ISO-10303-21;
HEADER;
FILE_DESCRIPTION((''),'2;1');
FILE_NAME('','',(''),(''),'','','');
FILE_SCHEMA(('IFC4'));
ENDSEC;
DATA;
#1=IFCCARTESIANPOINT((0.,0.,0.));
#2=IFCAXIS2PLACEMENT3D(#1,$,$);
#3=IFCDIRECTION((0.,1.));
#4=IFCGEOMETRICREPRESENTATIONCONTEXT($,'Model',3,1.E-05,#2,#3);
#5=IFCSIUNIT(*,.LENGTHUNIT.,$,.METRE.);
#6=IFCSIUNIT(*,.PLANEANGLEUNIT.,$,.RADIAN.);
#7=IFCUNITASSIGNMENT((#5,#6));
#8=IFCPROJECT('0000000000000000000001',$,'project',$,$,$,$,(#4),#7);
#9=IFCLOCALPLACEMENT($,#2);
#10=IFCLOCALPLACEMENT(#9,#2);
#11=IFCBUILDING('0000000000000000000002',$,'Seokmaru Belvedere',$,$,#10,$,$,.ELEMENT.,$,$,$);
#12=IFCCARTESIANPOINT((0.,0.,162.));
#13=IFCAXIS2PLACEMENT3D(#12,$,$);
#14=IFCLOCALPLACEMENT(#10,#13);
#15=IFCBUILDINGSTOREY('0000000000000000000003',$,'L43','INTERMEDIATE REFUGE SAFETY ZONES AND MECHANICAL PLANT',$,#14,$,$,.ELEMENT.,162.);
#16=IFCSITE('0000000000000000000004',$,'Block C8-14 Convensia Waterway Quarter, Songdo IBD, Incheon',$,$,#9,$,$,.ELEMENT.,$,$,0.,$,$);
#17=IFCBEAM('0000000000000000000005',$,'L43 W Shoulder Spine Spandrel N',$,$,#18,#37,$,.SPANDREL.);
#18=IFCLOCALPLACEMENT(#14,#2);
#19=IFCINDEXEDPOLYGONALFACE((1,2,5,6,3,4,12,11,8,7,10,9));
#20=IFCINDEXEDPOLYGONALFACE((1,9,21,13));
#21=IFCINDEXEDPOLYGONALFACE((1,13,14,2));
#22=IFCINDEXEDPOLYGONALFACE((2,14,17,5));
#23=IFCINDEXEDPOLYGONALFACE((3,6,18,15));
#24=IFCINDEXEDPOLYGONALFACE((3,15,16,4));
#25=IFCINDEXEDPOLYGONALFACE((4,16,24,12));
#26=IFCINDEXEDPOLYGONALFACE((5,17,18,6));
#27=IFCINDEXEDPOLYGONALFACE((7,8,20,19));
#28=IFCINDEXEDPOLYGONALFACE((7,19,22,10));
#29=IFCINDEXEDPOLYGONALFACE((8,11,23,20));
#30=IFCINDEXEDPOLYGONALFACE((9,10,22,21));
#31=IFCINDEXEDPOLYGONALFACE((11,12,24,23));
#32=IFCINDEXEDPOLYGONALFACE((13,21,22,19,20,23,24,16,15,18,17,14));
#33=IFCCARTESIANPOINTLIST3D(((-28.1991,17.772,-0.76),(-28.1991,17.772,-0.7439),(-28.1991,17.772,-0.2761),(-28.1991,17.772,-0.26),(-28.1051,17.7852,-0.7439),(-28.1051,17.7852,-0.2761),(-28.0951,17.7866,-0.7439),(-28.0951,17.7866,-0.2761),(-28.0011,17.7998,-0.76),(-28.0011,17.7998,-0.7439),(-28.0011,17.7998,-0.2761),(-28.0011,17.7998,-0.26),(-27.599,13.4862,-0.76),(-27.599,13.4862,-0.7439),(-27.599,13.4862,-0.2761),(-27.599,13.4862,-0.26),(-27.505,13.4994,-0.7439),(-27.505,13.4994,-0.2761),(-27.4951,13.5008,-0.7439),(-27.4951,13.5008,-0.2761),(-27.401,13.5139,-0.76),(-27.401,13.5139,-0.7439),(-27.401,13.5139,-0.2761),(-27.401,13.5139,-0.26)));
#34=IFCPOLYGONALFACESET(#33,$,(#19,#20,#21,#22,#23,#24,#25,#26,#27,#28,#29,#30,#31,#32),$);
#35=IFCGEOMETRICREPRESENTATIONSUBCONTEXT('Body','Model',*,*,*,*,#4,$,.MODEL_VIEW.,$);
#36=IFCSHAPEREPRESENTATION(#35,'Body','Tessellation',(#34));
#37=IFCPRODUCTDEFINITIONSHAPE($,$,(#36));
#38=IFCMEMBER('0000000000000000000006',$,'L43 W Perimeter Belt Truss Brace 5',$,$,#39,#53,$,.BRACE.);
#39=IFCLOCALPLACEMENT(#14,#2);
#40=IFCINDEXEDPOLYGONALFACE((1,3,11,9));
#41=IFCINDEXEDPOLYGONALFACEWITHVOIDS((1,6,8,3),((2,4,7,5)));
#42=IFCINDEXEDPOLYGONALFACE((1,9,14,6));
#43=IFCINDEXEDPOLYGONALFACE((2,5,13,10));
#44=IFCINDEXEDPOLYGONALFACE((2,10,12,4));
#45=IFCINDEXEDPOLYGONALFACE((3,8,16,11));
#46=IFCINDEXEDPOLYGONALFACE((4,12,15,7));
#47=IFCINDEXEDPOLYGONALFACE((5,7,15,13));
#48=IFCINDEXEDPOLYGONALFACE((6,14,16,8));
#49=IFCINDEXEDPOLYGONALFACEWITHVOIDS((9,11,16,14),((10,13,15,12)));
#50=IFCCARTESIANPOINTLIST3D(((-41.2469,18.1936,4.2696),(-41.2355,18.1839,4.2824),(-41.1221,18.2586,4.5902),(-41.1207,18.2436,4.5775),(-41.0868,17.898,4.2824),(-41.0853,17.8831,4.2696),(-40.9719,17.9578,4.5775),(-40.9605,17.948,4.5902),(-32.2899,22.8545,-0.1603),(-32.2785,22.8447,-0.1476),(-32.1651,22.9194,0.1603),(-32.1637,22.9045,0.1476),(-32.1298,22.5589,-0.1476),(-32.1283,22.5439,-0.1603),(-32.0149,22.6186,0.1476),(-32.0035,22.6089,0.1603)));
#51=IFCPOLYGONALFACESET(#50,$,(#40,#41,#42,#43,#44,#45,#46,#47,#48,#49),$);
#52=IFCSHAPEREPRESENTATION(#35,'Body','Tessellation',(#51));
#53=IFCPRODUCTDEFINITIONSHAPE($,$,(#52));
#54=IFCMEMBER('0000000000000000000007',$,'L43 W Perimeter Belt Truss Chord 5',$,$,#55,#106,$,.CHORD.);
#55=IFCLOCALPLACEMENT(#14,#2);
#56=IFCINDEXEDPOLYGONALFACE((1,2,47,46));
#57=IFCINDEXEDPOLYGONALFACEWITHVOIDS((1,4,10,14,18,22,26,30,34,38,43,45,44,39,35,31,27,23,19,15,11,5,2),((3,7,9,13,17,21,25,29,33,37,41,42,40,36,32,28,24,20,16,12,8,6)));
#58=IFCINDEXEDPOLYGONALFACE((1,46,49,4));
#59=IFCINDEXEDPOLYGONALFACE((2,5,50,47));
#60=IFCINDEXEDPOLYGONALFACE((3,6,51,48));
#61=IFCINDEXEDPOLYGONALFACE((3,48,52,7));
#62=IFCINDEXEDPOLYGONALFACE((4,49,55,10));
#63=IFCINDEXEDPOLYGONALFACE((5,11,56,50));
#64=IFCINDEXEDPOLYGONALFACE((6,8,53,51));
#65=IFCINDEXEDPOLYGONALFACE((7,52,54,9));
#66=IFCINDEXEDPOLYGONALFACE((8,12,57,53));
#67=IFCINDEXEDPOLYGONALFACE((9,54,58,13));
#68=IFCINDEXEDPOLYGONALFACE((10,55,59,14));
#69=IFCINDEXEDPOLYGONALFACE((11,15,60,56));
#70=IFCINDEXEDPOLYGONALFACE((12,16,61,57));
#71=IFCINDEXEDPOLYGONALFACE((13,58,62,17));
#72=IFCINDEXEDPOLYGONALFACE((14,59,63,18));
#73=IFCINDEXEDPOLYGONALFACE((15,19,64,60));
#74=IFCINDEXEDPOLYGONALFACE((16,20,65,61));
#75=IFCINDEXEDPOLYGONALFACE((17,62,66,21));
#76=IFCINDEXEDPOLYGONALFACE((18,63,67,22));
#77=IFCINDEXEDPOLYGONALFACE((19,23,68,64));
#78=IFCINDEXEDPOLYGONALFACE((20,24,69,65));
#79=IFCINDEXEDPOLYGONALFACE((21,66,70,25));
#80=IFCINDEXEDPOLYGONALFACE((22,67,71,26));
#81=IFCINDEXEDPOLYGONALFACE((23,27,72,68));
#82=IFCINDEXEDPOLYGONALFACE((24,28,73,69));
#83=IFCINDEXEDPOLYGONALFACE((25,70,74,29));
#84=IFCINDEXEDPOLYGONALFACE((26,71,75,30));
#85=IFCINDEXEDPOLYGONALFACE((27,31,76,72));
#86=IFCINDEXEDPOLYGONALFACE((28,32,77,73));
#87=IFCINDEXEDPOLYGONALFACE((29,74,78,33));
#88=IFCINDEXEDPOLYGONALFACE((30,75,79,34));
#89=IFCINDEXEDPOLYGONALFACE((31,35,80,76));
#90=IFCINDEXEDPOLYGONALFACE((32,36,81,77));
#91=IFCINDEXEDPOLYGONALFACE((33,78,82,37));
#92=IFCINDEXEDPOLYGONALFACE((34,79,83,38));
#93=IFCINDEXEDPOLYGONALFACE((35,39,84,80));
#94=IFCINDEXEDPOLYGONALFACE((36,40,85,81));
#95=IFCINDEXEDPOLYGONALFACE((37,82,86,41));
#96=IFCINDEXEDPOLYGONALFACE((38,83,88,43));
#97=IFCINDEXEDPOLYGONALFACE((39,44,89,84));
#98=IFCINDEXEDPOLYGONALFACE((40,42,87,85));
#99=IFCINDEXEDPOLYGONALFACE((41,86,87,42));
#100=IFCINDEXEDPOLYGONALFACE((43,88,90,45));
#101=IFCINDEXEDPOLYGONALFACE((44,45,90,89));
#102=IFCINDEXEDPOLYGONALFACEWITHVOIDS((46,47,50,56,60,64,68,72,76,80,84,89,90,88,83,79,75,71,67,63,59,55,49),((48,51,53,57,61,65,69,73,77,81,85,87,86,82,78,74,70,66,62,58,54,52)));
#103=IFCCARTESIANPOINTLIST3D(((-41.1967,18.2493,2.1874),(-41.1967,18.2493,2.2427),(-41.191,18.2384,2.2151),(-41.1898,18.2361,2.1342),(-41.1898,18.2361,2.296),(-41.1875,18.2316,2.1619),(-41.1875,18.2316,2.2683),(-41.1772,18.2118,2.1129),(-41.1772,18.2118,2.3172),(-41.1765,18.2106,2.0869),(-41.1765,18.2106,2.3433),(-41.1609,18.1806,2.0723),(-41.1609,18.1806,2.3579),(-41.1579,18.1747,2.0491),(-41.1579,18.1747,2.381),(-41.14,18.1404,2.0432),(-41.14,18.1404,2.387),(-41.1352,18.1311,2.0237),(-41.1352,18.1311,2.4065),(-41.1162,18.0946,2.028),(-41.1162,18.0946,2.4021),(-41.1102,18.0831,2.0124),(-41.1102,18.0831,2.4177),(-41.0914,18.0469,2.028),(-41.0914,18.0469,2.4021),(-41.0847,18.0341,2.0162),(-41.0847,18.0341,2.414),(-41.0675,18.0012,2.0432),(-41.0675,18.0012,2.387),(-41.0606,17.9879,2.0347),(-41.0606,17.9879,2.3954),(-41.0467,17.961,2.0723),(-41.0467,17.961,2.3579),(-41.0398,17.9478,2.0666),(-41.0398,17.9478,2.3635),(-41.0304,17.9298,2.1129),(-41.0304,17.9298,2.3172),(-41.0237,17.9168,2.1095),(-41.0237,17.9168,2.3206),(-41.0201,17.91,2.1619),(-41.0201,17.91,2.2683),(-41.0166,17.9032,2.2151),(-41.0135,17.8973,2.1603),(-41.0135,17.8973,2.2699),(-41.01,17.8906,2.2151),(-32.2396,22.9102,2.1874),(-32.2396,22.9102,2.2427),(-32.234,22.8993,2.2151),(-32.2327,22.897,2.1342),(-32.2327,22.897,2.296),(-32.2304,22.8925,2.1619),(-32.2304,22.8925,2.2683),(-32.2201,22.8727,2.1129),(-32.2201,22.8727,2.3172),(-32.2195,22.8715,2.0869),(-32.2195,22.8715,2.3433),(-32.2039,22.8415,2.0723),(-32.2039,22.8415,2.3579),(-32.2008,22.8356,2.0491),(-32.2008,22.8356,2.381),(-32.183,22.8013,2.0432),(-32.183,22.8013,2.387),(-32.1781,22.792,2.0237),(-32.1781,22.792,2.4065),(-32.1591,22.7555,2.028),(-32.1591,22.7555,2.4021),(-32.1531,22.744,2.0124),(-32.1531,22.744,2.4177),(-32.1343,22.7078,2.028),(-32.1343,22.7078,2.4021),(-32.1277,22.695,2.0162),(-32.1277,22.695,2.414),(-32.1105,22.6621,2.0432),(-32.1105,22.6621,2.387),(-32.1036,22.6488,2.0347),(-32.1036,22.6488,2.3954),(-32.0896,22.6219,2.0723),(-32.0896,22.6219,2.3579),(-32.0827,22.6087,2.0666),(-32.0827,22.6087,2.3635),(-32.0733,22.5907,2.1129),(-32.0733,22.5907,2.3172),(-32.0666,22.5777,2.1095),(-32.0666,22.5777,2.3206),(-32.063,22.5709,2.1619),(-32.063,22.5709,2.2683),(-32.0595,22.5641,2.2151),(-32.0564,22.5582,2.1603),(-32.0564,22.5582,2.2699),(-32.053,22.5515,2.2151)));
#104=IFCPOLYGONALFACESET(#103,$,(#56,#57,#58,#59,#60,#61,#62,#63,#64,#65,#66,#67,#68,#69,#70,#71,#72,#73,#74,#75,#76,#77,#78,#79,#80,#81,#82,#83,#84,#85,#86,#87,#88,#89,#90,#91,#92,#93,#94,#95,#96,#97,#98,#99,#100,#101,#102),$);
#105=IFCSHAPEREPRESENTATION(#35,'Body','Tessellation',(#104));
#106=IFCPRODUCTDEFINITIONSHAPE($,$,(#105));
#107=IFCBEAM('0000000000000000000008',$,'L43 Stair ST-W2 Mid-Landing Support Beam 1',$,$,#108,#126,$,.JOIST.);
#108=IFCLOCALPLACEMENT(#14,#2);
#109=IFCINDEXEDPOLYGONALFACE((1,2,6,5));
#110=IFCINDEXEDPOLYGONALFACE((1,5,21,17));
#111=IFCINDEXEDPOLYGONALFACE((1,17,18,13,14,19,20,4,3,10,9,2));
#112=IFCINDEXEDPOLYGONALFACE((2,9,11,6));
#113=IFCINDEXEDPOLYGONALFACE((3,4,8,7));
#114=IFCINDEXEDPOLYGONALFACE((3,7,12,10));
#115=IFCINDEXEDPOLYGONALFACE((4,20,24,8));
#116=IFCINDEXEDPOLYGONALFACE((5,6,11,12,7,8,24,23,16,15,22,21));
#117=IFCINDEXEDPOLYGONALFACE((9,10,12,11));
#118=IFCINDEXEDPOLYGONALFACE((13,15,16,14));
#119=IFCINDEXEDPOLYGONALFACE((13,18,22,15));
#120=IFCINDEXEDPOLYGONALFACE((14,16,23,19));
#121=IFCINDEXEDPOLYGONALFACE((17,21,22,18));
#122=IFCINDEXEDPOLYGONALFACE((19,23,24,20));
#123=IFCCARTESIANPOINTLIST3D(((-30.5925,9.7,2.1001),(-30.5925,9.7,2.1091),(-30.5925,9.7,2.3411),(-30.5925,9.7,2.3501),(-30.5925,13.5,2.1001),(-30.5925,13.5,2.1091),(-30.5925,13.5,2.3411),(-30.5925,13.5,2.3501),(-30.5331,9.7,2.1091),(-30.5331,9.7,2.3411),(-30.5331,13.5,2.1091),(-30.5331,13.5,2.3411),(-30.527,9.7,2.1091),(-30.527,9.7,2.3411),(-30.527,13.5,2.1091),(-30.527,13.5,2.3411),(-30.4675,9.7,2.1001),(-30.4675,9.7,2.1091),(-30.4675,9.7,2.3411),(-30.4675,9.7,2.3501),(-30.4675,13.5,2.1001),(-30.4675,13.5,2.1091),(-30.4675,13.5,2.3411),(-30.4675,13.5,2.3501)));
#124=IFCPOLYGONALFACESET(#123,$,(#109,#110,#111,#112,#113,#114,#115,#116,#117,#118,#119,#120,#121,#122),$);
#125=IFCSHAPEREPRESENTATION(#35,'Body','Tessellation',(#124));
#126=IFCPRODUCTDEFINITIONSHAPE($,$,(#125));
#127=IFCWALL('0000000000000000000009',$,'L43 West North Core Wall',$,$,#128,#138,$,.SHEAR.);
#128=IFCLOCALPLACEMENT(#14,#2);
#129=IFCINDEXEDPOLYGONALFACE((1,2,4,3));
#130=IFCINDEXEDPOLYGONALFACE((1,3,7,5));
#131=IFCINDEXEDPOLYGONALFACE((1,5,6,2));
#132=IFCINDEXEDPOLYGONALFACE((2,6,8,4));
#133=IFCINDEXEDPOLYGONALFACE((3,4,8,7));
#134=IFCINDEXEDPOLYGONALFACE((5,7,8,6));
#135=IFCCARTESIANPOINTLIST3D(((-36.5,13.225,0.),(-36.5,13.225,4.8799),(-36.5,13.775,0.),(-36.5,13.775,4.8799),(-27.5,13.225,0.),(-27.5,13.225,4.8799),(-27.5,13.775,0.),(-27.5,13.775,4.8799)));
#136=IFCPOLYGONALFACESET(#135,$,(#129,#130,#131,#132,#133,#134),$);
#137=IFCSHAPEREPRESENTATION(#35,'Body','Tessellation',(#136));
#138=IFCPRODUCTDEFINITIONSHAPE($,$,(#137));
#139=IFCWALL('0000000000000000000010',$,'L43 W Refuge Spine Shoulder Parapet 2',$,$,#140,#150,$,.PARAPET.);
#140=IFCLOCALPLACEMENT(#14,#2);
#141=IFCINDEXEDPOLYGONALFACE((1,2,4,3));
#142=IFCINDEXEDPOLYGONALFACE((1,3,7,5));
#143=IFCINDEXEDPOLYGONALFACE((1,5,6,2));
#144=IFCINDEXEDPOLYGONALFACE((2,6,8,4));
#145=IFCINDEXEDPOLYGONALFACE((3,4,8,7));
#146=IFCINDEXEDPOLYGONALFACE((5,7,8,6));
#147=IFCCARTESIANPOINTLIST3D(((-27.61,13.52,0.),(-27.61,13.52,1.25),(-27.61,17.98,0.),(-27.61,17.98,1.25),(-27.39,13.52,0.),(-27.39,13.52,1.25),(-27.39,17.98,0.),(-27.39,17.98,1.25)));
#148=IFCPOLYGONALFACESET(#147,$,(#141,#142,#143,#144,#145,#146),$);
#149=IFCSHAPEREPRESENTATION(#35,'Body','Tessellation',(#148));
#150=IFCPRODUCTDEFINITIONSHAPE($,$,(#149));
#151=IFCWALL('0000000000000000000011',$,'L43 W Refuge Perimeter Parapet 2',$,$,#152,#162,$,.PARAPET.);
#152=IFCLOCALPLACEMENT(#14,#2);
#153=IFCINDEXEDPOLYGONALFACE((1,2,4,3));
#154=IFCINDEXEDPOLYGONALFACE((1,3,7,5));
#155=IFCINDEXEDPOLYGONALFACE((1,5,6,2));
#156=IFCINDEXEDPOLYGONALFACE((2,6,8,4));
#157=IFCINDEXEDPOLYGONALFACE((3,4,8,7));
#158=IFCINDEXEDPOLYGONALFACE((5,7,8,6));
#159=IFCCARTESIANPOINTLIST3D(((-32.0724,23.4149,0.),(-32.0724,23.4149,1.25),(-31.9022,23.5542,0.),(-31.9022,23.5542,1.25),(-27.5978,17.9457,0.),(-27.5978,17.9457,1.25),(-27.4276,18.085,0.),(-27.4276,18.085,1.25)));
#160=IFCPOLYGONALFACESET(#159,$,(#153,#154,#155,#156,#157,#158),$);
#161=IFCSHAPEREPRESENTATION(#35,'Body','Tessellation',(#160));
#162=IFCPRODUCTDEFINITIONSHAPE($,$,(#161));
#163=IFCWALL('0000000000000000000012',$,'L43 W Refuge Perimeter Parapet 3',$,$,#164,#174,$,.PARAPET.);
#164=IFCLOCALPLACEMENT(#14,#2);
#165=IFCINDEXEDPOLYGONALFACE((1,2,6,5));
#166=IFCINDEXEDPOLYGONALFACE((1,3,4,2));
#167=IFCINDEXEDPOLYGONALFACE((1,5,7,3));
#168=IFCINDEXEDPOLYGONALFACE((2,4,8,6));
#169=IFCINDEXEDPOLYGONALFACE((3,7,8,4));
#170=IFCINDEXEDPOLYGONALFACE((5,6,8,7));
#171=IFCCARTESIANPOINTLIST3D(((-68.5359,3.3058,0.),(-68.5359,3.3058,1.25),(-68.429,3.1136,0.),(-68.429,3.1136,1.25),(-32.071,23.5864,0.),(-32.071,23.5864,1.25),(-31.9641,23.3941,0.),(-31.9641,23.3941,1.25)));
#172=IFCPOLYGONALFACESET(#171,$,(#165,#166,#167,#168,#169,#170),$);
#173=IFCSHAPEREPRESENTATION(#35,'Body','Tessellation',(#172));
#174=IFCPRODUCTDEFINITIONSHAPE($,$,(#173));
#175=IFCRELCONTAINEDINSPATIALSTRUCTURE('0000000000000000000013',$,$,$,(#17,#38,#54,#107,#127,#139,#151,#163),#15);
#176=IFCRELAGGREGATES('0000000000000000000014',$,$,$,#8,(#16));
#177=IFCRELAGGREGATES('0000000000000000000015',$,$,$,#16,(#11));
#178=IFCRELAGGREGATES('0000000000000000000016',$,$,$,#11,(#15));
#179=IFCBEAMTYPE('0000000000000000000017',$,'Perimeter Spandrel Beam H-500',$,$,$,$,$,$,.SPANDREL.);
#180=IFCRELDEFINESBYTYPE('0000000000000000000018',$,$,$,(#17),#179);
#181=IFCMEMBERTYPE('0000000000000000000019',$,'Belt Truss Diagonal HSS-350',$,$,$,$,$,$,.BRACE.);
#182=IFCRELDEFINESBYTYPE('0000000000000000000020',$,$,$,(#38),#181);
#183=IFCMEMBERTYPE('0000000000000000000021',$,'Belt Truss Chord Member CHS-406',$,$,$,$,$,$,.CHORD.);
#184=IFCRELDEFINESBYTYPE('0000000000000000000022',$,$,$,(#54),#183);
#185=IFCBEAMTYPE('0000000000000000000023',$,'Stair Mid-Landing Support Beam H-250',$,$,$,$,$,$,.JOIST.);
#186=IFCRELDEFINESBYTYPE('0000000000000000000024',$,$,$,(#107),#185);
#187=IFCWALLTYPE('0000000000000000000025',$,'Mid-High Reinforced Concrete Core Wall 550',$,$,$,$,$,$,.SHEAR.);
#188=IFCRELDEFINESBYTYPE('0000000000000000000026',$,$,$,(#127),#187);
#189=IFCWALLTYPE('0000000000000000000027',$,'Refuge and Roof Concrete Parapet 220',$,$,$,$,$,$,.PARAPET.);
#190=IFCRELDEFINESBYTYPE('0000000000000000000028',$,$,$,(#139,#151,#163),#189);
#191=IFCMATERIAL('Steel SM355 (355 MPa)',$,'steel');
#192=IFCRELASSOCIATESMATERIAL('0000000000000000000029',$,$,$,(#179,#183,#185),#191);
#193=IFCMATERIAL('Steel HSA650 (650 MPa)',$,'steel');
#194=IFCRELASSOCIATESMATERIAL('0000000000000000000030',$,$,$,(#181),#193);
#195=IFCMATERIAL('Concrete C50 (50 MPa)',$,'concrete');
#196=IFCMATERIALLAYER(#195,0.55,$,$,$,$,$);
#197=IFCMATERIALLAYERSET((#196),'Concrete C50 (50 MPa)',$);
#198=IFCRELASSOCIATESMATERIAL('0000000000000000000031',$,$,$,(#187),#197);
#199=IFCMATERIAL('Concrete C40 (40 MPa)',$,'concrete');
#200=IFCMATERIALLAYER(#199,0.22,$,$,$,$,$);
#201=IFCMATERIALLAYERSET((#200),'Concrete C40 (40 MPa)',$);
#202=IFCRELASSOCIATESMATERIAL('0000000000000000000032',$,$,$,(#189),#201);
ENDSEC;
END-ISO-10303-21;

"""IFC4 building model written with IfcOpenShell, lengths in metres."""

from ifc_helpers import new_model, si_unit, direction, frame, frame_2d, origin, origin_2d, place, context, subcontext, project, spatial, rectangle, hollow_rectangle, hollow_circle, i_section, extrude, source, transform, mapped, material, layer, layer_set, material_profile, profile_set, type_object, type_shapes, element, save


model = new_model("IFC4")

# Units and contexts
model_context = context("Model", 3, precision=1e-05, world=origin(), true_north=direction((0.0, 1.0)))
body_context = subcontext(model_context, "Body", "Model", "MODEL_VIEW")
ifc_project = project(units=[si_unit("LENGTHUNIT", "METRE"), si_unit("PLANEANGLEUNIT", "RADIAN")], contexts=[model_context])

# Site, building, storey
site_placement = place(None, origin())
site = spatial("IfcSite", under=ifc_project, at=site_placement, Name="Block C8-14 Convensia Waterway Quarter, Songdo IBD, Incheon", CompositionType="ELEMENT", RefElevation=0.0)
building_placement = place(site_placement, origin())
building = spatial("IfcBuilding", under=site, at=building_placement, Name="Seokmaru Belvedere", CompositionType="ELEMENT")
storey_placement = place(building_placement, frame((0.0, 0.0, 162.0)))
storey = spatial("IfcBuildingStorey", under=building, at=storey_placement, Name="L43", Description="INTERMEDIATE REFUGE SAFETY ZONES AND MECHANICAL PLANT", CompositionType="ELEMENT", Elevation=162.0)

# Shared definitions
ifc_material_1 = material(Name="Steel HSA650 (650 MPa)", Category="steel")
ifc_material_2 = material(Name="Steel SM355 (355 MPa)", Category="steel")

# Beam
ifc_material_profile_1 = material_profile(ifc_material_2, i_section(OverallWidth=0.2, OverallDepth=0.5, WebThickness=0.01, FlangeThickness=0.0161, at=origin_2d()), Name="H-500x200x10x16")
ifc_profile_set_1 = profile_set([ifc_material_profile_1], Name="Steel SM355 (355 MPa)")
beam_type_1 = type_object("IfcBeamType", Name="Perimeter Spandrel Beam H-500", PredefinedType="SPANDREL", material=ifc_profile_set_1)
shared_shape_1 = source(origin(), body_context, "Body", "SweptSolid", [
    extrude(i_section(OverallWidth=0.2, OverallDepth=0.5, WebThickness=0.01, FlangeThickness=0.0161, at=origin_2d()), origin(), (0.0, 0.0, 1.0), 4.3276),
])
beam_1_placement = place(storey_placement, frame((-28.1001, 17.7859, -0.51), z_axis=(0.138664, -0.990339, 0.0), x_axis=(0.990339, 0.138664, 0.0)))
element("IfcBeam", 1, at=beam_1_placement, inside=storey, type_object=beam_type_1, Name="L43 W Shoulder Spine Spandrel N", PredefinedType="SPANDREL", context=body_context, shape_type="MappedRepresentation", body=[
    mapped(shared_shape_1, transform((0.0, 0.0, 0.0), scale=1.0)),
])

# Members
ifc_material_profile_2 = material_profile(ifc_material_1, hollow_rectangle(XDim=0.3501, YDim=0.3501, WallThickness=0.0139, at=origin_2d()), Name="HSS-350x350x14")
ifc_profile_set_2 = profile_set([ifc_material_profile_2], Name="Steel HSA650 (650 MPa)")
member_type_1 = type_object("IfcMemberType", Name="Belt Truss Diagonal HSS-350", PredefinedType="BRACE", material=ifc_profile_set_2)
shared_shape_2 = source(origin(), body_context, "Body", "SweptSolid", [
    extrude(hollow_rectangle(XDim=0.3501, YDim=0.3501, WallThickness=0.0139, at=origin_2d()), origin(), (0.0, 0.0, 1.0), 11.0261),
])
type_shapes(member_type_1, [shared_shape_2])
member_1_placement = place(storey_placement, frame((-32.1467, 22.7317, 0.0), z_axis=(-0.812342, -0.422711, 0.401765), x_axis=(0.461605, -0.887086, 0.0)))
element("IfcMember", 2, at=member_1_placement, inside=storey, type_object=member_type_1, Name="L43 W Perimeter Belt Truss Brace 5", PredefinedType="BRACE", context=body_context, shape_type="MappedRepresentation", body=[
    mapped(shared_shape_2, transform((0.0, 0.0, 0.0), scale=1.0)),
])
ifc_material_profile_3 = material_profile(ifc_material_2, hollow_circle(Radius=0.2031, WallThickness=0.0142, at=origin_2d()), Name="CHS-406.4x14.2")
ifc_profile_set_3 = profile_set([ifc_material_profile_3], Name="Steel SM355 (355 MPa)")
member_type_2 = type_object("IfcMemberType", Name="Belt Truss Chord Member CHS-406", PredefinedType="CHORD", material=ifc_profile_set_3)
shared_shape_3 = source(origin(), body_context, "Body", "SweptSolid", [
    extrude(hollow_circle(Radius=0.2031, WallThickness=0.0142, at=origin_2d()), origin(), (0.0, 0.0, 1.0), 10.0972),
])
type_shapes(member_type_2, [shared_shape_3])
member_2_placement = place(storey_placement, frame((-32.1467, 22.7317, 2.2151), z_axis=(-0.887086, -0.461605, 0.0), x_axis=(0.461605, -0.887086, 0.0)))
element("IfcMember", 3, at=member_2_placement, inside=storey, type_object=member_type_2, Name="L43 W Perimeter Belt Truss Chord 5", PredefinedType="CHORD", context=body_context, shape_type="MappedRepresentation", body=[
    mapped(shared_shape_3, transform((0.0, 0.0, 0.0), scale=1.0)),
])

# Beam
ifc_material_profile_4 = material_profile(ifc_material_2, i_section(OverallWidth=0.125, OverallDepth=0.25, WebThickness=0.0061, FlangeThickness=0.009, at=origin_2d()), Name="H-250x125x6x9")
ifc_profile_set_4 = profile_set([ifc_material_profile_4], Name="Steel SM355 (355 MPa)")
beam_type_2 = type_object("IfcBeamType", Name="Stair Mid-Landing Support Beam H-250", PredefinedType="JOIST", material=ifc_profile_set_4)
shared_shape_4 = source(origin(), body_context, "Body", "SweptSolid", [
    extrude(i_section(OverallWidth=0.125, OverallDepth=0.25, WebThickness=0.0061, FlangeThickness=0.009, at=origin_2d()), origin(), (0.0, 0.0, 1.0), 3.8),
])
type_shapes(beam_type_2, [shared_shape_4])
beam_2_placement = place(storey_placement, frame((-30.53, 9.7, 2.2251), z_axis=(0.0, 1.0, 0.0), x_axis=(-1.0, 0.0, 0.0)))
element("IfcBeam", 4, at=beam_2_placement, inside=storey, type_object=beam_type_2, Name="L43 Stair ST-W2 Mid-Landing Support Beam 1", PredefinedType="JOIST", context=body_context, shape_type="MappedRepresentation", body=[
    mapped(shared_shape_4, transform((0.0, 0.0, 0.0), scale=1.0)),
])

# Walls
ifc_material_3 = material(Name="Concrete C50 (50 MPa)", Category="concrete")
ifc_layer_1 = layer(ifc_material_3, 0.55)
ifc_layer_set_1 = layer_set([ifc_layer_1], Name="Concrete C50 (50 MPa)")
wall_type_1 = type_object("IfcWallType", Name="Mid-High Reinforced Concrete Core Wall 550", PredefinedType="SHEAR", material=ifc_layer_set_1)
wall_1_placement = place(storey_placement, frame((-36.5, 13.5, 0.0), z_axis=(0.0, 0.0, 1.0), x_axis=(1.0, 0.0, 0.0)))
element("IfcWall", 5, at=wall_1_placement, inside=storey, type_object=wall_type_1, Name="L43 West North Core Wall", PredefinedType="SHEAR", context=body_context, shape_type="SweptSolid", body=[
    extrude(rectangle(XDim=9.0, YDim=0.55, at=frame_2d((4.5, 0.0))), origin(), (0.0, 0.0, 1.0), 4.8799),
])
ifc_material_4 = material(Name="Concrete C40 (40 MPa)", Category="concrete")
ifc_layer_2 = layer(ifc_material_4, 0.22)
ifc_layer_set_2 = layer_set([ifc_layer_2], Name="Concrete C40 (40 MPa)")
wall_type_2 = type_object("IfcWallType", Name="Refuge and Roof Concrete Parapet 220", PredefinedType="PARAPET", material=ifc_layer_set_2)
wall_2_placement = place(storey_placement, frame((-27.5, 13.52, 0.0), z_axis=(0.0, 0.0, 1.0), x_axis=(0.0, 1.0, 0.0)))
element("IfcWall", 6, at=wall_2_placement, inside=storey, type_object=wall_type_2, Name="L43 W Refuge Spine Shoulder Parapet 2", PredefinedType="PARAPET", context=body_context, shape_type="SweptSolid", body=[
    extrude(rectangle(XDim=4.46, YDim=0.22, at=frame_2d((2.23, 0.0))), origin(), (0.0, 0.0, 1.0), 1.25),
])
wall_3_placement = place(storey_placement, frame((-27.5127, 18.0154, 0.0), z_axis=(0.0, 0.0, 1.0), x_axis=(-0.633219, 0.773973, 0.0)))
element("IfcWall", 7, at=wall_3_placement, inside=storey, type_object=wall_type_2, Name="L43 W Refuge Perimeter Parapet 2", PredefinedType="PARAPET", context=body_context, shape_type="SweptSolid", body=[
    extrude(rectangle(XDim=7.0664, YDim=0.22, at=frame_2d((3.5332, 0.0))), origin(), (0.0, 0.0, 1.0), 1.25),
])
wall_4_placement = place(storey_placement, frame((-32.0176, 23.4902, 0.0), z_axis=(0.0, 0.0, 1.0), x_axis=(-0.873931, -0.486051, 0.0)))
element("IfcWall", 8, at=wall_4_placement, inside=storey, type_object=wall_type_2, Name="L43 W Refuge Perimeter Parapet 3", PredefinedType="PARAPET", context=body_context, shape_type="SweptSolid", body=[
    extrude(rectangle(XDim=41.7251, YDim=0.22, at=frame_2d((20.8625, 0.0))), origin(), (0.0, 0.0, 1.0), 1.25),
])

save(model, "model.ifc")
